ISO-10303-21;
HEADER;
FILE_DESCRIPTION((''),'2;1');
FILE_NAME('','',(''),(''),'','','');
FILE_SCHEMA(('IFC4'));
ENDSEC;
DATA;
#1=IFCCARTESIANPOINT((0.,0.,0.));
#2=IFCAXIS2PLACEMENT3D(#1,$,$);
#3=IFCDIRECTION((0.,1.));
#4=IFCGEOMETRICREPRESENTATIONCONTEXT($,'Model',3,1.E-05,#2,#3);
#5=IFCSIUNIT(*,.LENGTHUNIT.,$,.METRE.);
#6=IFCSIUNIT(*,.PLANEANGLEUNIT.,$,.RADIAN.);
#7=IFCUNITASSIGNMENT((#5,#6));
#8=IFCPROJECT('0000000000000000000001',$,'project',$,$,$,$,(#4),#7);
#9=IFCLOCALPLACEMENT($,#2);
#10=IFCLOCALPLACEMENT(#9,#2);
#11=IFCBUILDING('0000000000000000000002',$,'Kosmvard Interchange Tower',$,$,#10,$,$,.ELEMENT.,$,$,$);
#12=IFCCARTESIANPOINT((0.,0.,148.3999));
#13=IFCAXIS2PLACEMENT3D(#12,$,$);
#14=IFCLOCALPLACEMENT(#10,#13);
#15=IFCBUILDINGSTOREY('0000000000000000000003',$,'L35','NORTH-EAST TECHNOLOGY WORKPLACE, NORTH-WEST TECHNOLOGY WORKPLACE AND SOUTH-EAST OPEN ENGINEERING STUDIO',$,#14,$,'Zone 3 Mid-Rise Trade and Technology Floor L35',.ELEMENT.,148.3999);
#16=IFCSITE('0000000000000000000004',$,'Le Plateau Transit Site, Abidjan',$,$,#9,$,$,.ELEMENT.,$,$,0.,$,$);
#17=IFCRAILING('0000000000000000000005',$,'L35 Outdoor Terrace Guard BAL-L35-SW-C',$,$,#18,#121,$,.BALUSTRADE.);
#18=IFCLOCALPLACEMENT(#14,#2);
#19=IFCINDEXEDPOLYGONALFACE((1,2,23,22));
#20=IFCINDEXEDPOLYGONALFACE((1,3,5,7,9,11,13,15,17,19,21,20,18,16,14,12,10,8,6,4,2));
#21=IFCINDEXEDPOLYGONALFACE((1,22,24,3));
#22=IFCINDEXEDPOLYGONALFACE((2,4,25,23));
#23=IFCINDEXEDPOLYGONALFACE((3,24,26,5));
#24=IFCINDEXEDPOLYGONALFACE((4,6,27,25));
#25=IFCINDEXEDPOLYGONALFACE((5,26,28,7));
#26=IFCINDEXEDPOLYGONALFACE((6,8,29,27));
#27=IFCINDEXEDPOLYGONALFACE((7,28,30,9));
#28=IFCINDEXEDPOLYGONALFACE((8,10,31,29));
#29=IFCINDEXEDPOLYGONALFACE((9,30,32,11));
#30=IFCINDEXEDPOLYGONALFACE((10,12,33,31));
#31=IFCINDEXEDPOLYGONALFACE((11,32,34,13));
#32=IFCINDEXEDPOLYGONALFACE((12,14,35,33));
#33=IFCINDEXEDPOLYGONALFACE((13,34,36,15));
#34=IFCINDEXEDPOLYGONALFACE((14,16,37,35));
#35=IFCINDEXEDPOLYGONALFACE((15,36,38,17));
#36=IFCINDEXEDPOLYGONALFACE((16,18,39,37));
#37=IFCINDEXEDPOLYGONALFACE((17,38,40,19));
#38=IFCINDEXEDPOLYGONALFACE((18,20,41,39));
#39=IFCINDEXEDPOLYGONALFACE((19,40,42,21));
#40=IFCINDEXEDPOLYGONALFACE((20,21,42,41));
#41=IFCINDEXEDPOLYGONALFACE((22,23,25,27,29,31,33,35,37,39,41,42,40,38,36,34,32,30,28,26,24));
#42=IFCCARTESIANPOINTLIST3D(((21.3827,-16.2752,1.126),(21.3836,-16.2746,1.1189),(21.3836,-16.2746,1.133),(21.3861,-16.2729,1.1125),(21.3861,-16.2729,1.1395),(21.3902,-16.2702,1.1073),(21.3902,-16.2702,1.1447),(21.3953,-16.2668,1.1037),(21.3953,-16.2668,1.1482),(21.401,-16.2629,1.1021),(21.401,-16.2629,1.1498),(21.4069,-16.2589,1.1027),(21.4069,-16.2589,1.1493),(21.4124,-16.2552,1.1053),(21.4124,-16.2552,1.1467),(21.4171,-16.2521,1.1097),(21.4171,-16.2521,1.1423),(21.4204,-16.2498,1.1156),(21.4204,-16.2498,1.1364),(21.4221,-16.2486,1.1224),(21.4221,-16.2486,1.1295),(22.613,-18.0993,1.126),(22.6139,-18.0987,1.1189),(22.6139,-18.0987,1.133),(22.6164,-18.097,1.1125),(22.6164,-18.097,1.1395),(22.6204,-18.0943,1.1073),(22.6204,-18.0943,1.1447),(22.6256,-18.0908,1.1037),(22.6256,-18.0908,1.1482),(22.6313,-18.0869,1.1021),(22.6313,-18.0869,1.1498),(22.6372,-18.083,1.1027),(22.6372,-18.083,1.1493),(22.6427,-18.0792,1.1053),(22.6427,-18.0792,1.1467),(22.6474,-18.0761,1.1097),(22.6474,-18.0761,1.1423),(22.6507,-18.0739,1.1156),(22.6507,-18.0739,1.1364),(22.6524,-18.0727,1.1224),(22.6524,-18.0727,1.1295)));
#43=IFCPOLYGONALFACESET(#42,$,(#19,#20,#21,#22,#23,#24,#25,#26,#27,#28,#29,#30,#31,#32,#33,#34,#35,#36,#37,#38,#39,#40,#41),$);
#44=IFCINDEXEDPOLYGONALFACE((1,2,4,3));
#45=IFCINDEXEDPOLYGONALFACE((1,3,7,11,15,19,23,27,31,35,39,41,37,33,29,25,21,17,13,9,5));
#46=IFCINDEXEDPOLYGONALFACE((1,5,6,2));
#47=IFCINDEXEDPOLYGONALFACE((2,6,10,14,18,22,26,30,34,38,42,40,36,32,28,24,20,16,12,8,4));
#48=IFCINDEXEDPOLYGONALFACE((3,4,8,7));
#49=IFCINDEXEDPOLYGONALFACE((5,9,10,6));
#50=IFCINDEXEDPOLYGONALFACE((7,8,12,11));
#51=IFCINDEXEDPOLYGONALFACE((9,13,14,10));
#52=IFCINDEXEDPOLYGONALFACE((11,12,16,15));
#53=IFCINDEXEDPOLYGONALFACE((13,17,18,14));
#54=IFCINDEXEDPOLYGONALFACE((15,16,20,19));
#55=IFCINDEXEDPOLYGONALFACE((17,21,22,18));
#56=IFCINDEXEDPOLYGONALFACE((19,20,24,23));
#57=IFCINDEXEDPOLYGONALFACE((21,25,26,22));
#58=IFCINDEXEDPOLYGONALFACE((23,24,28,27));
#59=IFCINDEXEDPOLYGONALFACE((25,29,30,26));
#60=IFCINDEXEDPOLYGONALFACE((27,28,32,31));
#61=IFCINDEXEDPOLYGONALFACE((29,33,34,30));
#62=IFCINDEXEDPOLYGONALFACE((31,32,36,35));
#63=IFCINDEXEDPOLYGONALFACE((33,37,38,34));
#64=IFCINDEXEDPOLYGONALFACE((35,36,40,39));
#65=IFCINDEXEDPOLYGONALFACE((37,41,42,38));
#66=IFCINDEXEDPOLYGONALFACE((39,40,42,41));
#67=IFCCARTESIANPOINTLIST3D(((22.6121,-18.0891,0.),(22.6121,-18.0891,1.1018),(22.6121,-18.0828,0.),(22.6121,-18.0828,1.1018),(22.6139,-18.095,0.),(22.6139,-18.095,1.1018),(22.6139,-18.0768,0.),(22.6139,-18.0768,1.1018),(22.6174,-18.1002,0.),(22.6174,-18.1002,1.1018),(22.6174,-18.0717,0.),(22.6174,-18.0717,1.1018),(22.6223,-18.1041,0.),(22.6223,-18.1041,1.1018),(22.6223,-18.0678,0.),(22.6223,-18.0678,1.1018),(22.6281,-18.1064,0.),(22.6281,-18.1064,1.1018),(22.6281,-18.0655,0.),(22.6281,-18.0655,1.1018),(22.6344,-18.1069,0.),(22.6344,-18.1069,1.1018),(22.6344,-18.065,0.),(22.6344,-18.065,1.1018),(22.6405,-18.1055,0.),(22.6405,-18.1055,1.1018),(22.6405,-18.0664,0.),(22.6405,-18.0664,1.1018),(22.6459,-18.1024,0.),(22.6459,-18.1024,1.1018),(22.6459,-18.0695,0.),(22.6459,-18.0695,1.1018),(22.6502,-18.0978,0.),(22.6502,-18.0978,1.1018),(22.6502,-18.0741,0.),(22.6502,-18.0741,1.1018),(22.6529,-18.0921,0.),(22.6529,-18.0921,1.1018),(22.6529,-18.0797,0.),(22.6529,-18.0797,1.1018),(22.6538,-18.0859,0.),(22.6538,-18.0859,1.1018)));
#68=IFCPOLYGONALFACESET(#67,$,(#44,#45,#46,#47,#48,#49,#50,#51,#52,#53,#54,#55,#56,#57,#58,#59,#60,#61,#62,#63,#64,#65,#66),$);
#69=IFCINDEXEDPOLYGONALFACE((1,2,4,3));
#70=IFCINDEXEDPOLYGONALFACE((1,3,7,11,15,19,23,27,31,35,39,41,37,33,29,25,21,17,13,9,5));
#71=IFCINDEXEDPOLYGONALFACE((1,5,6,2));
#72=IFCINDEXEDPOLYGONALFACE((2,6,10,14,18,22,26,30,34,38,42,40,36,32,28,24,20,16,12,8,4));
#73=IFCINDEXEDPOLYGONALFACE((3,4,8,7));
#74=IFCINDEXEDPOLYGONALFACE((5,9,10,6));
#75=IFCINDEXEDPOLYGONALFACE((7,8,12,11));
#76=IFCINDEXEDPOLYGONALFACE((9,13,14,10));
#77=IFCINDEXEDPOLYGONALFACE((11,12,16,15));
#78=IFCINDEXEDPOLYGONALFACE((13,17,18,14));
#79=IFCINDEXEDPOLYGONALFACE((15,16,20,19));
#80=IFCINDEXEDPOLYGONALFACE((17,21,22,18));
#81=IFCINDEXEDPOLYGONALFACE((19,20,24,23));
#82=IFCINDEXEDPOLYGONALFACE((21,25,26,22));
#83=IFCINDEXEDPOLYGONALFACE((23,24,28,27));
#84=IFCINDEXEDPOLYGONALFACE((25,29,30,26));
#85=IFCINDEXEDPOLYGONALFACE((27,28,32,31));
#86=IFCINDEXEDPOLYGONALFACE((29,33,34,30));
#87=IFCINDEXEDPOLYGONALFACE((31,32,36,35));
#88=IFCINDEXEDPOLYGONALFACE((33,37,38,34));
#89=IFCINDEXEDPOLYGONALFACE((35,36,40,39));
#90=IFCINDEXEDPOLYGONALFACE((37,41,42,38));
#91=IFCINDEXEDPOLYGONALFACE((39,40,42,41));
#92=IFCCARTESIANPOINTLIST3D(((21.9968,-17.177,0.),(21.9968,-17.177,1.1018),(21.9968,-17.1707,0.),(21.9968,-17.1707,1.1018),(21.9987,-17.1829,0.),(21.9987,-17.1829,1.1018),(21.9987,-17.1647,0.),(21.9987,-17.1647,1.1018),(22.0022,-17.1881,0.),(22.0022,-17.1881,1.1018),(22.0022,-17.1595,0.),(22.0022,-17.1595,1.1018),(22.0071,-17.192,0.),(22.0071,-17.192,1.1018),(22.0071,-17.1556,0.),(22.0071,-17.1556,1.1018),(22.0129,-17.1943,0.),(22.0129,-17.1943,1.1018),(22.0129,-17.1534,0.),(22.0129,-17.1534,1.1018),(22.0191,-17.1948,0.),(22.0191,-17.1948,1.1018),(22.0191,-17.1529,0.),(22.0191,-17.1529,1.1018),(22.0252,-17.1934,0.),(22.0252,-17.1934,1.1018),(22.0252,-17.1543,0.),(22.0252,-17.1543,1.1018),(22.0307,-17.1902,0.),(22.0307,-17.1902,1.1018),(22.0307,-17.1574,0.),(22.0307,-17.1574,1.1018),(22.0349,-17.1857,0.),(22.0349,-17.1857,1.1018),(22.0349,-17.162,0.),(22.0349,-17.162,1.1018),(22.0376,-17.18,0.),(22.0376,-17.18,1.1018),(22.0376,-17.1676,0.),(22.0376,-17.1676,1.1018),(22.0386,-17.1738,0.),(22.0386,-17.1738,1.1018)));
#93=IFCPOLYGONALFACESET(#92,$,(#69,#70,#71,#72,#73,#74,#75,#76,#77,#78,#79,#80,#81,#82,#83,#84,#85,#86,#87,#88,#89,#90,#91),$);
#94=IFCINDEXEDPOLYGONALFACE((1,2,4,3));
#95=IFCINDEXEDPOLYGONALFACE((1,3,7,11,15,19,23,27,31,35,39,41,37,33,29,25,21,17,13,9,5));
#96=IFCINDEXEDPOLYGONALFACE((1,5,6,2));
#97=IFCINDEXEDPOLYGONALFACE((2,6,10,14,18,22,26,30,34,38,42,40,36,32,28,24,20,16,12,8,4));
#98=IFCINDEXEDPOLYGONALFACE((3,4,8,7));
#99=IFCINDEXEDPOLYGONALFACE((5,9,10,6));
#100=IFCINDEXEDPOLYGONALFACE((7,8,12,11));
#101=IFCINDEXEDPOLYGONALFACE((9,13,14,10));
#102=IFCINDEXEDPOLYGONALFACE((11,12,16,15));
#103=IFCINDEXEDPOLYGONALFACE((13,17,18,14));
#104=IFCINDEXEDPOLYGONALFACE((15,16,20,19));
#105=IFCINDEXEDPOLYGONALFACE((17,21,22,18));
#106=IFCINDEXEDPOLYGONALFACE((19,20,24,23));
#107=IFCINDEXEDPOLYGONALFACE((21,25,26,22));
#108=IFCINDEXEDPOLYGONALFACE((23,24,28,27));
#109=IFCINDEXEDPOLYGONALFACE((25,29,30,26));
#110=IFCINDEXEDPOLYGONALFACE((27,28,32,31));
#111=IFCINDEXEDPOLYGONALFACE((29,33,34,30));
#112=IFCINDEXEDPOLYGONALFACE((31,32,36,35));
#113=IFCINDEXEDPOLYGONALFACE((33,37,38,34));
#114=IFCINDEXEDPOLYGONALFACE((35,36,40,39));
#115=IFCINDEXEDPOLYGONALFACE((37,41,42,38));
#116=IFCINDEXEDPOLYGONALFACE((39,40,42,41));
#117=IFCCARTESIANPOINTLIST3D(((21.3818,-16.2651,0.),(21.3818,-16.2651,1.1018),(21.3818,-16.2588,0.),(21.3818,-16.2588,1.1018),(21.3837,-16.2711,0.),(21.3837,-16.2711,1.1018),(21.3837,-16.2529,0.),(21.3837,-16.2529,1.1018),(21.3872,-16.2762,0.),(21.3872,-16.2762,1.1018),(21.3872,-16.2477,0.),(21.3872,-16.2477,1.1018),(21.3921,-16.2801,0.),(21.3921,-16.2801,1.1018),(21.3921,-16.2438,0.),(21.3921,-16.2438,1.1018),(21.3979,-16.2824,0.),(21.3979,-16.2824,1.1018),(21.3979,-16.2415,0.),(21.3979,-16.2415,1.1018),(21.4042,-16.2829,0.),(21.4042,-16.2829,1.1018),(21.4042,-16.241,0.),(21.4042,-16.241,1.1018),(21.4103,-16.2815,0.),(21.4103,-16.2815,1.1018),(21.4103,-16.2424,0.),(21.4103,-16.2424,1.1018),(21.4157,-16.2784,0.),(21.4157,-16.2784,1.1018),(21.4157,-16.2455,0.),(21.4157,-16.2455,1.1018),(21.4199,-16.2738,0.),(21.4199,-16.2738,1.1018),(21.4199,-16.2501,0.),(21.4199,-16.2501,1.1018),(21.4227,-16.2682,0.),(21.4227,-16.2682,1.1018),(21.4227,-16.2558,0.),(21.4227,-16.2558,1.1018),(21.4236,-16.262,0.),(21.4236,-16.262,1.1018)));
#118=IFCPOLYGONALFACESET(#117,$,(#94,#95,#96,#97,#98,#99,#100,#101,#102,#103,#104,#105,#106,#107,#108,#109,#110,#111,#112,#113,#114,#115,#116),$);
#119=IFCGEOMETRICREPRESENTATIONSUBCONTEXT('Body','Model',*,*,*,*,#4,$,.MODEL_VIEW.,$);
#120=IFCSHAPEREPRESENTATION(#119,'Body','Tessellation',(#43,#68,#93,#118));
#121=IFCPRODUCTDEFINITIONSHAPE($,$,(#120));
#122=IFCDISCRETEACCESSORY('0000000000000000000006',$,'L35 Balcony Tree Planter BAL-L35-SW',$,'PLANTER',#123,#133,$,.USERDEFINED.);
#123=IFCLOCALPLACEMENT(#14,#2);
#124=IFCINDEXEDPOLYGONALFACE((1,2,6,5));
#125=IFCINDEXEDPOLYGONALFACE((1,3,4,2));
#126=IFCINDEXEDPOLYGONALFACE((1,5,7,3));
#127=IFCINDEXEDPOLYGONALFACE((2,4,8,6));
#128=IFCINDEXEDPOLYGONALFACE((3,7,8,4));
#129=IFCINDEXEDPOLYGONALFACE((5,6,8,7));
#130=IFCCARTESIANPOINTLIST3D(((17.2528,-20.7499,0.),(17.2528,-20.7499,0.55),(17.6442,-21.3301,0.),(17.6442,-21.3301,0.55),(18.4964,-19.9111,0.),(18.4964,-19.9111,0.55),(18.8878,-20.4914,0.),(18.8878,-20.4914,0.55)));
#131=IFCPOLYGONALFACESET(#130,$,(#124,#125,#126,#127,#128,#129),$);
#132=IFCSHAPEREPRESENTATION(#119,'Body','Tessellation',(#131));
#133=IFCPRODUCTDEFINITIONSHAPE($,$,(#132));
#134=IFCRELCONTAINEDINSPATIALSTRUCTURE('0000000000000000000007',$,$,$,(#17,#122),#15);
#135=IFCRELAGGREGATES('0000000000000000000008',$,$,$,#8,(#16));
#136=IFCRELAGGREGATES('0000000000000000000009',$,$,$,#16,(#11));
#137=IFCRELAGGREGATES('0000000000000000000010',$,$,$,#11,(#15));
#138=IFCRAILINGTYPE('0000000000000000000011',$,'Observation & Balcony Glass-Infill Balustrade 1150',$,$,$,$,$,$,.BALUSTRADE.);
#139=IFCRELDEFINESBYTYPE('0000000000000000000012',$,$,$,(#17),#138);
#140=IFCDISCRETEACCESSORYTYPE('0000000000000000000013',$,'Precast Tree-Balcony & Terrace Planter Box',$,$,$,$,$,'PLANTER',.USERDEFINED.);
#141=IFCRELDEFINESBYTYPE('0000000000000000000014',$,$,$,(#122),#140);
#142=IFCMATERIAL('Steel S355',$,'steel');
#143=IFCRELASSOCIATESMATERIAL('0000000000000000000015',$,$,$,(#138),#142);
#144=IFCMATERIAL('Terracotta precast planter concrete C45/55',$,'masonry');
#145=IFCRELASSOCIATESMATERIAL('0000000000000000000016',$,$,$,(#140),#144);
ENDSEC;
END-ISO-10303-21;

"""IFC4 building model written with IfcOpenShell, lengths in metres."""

from ifc_helpers import new_model, si_unit, direction, frame, origin, origin_2d, place, context, subcontext, project, spatial, rectangle, circle, extrude, source, transform, mapped, material, type_object, element, save


model = new_model("IFC4")

# Units and contexts
model_context = context("Model", 3, precision=1e-05, world=origin(), true_north=direction((0.0, 1.0)))
body_context = subcontext(model_context, "Body", "Model", "MODEL_VIEW")
ifc_project = project(units=[si_unit("LENGTHUNIT", "METRE"), si_unit("PLANEANGLEUNIT", "RADIAN")], contexts=[model_context])

# Site, building, storey
site_placement = place(None, origin())
site = spatial("IfcSite", under=ifc_project, at=site_placement, Name="Le Plateau Transit Site, Abidjan", CompositionType="ELEMENT", RefElevation=0.0)
building_placement = place(site_placement, origin())
building = spatial("IfcBuilding", under=site, at=building_placement, Name="Kosmvard Interchange Tower", CompositionType="ELEMENT")
storey_placement = place(building_placement, frame((0.0, 0.0, 148.3999)))
storey = spatial("IfcBuildingStorey", under=building, at=storey_placement, Name="L35", Description="NORTH-EAST TECHNOLOGY WORKPLACE, NORTH-WEST TECHNOLOGY WORKPLACE AND SOUTH-EAST OPEN ENGINEERING STUDIO", LongName="Zone 3 Mid-Rise Trade and Technology Floor L35", CompositionType="ELEMENT", Elevation=148.3999)

# Shared definitions
ifc_material_1 = material(Name="Steel S355", Category="steel")

# Railing
railing_type = type_object("IfcRailingType", Name="Observation & Balcony Glass-Infill Balustrade 1150", PredefinedType="BALUSTRADE", material=ifc_material_1)
shared_shape_1 = source(origin(), body_context, "Body", "SweptSolid", [
    extrude(circle(Radius=0.0239, at=origin_2d()), frame((0.0, 0.0, 1.126), z_axis=(-0.559174, 0.829051, 0.0), x_axis=(-0.829051, -0.559174, 0.0)), (0.0, 0.0, 1.0), 2.2002),
    extrude(circle(Radius=0.021, at=origin_2d()), origin(), (0.0, 0.0, 1.0), 1.1018),
    extrude(circle(Radius=0.021, at=origin_2d()), frame((-0.6152, 0.9121, 0.0)), (0.0, 0.0, 1.0), 1.1018),
    extrude(circle(Radius=0.021, at=origin_2d()), frame((-1.2302, 1.824, 0.0)), (0.0, 0.0, 1.0), 1.1018),
])
railing_1_placement = place(storey_placement, frame((22.6328, -18.0859, 0.0)))
element("IfcRailing", 1, at=railing_1_placement, inside=storey, type_object=railing_type, Name="L35 Outdoor Terrace Guard BAL-L35-SW-C", PredefinedType="BALUSTRADE", context=body_context, shape_type="MappedRepresentation", body=[
    mapped(shared_shape_1, transform((0.0, 0.0, 0.0), scale=1.0)),
])

# Discrete accessory
ifc_material_2 = material(Name="Terracotta precast planter concrete C45/55", Category="masonry")
discrete_accessory_type = type_object("IfcDiscreteAccessoryType", Name="Precast Tree-Balcony & Terrace Planter Box", ElementType="PLANTER", PredefinedType="USERDEFINED", material=ifc_material_2)
shared_shape_2 = source(origin(), body_context, "Body", "SweptSolid", [
    extrude(rectangle(XDim=1.5, YDim=0.7, at=origin_2d()), origin(), (0.0, 0.0, 1.0), 0.55),
])
discrete_accessory_placement = place(storey_placement, frame((18.0703, -20.6206, 0.0), z_axis=(0.0, 0.0, 1.0), x_axis=(0.829038, 0.559193, 0.0)))
element("IfcDiscreteAccessory", 2, at=discrete_accessory_placement, inside=storey, type_object=discrete_accessory_type, Name="L35 Balcony Tree Planter BAL-L35-SW", ObjectType="PLANTER", PredefinedType="USERDEFINED", context=body_context, shape_type="MappedRepresentation", body=[
    mapped(shared_shape_2, transform((0.0, 0.0, 0.0), scale=1.0)),
])

save(model, "model.ifc")
